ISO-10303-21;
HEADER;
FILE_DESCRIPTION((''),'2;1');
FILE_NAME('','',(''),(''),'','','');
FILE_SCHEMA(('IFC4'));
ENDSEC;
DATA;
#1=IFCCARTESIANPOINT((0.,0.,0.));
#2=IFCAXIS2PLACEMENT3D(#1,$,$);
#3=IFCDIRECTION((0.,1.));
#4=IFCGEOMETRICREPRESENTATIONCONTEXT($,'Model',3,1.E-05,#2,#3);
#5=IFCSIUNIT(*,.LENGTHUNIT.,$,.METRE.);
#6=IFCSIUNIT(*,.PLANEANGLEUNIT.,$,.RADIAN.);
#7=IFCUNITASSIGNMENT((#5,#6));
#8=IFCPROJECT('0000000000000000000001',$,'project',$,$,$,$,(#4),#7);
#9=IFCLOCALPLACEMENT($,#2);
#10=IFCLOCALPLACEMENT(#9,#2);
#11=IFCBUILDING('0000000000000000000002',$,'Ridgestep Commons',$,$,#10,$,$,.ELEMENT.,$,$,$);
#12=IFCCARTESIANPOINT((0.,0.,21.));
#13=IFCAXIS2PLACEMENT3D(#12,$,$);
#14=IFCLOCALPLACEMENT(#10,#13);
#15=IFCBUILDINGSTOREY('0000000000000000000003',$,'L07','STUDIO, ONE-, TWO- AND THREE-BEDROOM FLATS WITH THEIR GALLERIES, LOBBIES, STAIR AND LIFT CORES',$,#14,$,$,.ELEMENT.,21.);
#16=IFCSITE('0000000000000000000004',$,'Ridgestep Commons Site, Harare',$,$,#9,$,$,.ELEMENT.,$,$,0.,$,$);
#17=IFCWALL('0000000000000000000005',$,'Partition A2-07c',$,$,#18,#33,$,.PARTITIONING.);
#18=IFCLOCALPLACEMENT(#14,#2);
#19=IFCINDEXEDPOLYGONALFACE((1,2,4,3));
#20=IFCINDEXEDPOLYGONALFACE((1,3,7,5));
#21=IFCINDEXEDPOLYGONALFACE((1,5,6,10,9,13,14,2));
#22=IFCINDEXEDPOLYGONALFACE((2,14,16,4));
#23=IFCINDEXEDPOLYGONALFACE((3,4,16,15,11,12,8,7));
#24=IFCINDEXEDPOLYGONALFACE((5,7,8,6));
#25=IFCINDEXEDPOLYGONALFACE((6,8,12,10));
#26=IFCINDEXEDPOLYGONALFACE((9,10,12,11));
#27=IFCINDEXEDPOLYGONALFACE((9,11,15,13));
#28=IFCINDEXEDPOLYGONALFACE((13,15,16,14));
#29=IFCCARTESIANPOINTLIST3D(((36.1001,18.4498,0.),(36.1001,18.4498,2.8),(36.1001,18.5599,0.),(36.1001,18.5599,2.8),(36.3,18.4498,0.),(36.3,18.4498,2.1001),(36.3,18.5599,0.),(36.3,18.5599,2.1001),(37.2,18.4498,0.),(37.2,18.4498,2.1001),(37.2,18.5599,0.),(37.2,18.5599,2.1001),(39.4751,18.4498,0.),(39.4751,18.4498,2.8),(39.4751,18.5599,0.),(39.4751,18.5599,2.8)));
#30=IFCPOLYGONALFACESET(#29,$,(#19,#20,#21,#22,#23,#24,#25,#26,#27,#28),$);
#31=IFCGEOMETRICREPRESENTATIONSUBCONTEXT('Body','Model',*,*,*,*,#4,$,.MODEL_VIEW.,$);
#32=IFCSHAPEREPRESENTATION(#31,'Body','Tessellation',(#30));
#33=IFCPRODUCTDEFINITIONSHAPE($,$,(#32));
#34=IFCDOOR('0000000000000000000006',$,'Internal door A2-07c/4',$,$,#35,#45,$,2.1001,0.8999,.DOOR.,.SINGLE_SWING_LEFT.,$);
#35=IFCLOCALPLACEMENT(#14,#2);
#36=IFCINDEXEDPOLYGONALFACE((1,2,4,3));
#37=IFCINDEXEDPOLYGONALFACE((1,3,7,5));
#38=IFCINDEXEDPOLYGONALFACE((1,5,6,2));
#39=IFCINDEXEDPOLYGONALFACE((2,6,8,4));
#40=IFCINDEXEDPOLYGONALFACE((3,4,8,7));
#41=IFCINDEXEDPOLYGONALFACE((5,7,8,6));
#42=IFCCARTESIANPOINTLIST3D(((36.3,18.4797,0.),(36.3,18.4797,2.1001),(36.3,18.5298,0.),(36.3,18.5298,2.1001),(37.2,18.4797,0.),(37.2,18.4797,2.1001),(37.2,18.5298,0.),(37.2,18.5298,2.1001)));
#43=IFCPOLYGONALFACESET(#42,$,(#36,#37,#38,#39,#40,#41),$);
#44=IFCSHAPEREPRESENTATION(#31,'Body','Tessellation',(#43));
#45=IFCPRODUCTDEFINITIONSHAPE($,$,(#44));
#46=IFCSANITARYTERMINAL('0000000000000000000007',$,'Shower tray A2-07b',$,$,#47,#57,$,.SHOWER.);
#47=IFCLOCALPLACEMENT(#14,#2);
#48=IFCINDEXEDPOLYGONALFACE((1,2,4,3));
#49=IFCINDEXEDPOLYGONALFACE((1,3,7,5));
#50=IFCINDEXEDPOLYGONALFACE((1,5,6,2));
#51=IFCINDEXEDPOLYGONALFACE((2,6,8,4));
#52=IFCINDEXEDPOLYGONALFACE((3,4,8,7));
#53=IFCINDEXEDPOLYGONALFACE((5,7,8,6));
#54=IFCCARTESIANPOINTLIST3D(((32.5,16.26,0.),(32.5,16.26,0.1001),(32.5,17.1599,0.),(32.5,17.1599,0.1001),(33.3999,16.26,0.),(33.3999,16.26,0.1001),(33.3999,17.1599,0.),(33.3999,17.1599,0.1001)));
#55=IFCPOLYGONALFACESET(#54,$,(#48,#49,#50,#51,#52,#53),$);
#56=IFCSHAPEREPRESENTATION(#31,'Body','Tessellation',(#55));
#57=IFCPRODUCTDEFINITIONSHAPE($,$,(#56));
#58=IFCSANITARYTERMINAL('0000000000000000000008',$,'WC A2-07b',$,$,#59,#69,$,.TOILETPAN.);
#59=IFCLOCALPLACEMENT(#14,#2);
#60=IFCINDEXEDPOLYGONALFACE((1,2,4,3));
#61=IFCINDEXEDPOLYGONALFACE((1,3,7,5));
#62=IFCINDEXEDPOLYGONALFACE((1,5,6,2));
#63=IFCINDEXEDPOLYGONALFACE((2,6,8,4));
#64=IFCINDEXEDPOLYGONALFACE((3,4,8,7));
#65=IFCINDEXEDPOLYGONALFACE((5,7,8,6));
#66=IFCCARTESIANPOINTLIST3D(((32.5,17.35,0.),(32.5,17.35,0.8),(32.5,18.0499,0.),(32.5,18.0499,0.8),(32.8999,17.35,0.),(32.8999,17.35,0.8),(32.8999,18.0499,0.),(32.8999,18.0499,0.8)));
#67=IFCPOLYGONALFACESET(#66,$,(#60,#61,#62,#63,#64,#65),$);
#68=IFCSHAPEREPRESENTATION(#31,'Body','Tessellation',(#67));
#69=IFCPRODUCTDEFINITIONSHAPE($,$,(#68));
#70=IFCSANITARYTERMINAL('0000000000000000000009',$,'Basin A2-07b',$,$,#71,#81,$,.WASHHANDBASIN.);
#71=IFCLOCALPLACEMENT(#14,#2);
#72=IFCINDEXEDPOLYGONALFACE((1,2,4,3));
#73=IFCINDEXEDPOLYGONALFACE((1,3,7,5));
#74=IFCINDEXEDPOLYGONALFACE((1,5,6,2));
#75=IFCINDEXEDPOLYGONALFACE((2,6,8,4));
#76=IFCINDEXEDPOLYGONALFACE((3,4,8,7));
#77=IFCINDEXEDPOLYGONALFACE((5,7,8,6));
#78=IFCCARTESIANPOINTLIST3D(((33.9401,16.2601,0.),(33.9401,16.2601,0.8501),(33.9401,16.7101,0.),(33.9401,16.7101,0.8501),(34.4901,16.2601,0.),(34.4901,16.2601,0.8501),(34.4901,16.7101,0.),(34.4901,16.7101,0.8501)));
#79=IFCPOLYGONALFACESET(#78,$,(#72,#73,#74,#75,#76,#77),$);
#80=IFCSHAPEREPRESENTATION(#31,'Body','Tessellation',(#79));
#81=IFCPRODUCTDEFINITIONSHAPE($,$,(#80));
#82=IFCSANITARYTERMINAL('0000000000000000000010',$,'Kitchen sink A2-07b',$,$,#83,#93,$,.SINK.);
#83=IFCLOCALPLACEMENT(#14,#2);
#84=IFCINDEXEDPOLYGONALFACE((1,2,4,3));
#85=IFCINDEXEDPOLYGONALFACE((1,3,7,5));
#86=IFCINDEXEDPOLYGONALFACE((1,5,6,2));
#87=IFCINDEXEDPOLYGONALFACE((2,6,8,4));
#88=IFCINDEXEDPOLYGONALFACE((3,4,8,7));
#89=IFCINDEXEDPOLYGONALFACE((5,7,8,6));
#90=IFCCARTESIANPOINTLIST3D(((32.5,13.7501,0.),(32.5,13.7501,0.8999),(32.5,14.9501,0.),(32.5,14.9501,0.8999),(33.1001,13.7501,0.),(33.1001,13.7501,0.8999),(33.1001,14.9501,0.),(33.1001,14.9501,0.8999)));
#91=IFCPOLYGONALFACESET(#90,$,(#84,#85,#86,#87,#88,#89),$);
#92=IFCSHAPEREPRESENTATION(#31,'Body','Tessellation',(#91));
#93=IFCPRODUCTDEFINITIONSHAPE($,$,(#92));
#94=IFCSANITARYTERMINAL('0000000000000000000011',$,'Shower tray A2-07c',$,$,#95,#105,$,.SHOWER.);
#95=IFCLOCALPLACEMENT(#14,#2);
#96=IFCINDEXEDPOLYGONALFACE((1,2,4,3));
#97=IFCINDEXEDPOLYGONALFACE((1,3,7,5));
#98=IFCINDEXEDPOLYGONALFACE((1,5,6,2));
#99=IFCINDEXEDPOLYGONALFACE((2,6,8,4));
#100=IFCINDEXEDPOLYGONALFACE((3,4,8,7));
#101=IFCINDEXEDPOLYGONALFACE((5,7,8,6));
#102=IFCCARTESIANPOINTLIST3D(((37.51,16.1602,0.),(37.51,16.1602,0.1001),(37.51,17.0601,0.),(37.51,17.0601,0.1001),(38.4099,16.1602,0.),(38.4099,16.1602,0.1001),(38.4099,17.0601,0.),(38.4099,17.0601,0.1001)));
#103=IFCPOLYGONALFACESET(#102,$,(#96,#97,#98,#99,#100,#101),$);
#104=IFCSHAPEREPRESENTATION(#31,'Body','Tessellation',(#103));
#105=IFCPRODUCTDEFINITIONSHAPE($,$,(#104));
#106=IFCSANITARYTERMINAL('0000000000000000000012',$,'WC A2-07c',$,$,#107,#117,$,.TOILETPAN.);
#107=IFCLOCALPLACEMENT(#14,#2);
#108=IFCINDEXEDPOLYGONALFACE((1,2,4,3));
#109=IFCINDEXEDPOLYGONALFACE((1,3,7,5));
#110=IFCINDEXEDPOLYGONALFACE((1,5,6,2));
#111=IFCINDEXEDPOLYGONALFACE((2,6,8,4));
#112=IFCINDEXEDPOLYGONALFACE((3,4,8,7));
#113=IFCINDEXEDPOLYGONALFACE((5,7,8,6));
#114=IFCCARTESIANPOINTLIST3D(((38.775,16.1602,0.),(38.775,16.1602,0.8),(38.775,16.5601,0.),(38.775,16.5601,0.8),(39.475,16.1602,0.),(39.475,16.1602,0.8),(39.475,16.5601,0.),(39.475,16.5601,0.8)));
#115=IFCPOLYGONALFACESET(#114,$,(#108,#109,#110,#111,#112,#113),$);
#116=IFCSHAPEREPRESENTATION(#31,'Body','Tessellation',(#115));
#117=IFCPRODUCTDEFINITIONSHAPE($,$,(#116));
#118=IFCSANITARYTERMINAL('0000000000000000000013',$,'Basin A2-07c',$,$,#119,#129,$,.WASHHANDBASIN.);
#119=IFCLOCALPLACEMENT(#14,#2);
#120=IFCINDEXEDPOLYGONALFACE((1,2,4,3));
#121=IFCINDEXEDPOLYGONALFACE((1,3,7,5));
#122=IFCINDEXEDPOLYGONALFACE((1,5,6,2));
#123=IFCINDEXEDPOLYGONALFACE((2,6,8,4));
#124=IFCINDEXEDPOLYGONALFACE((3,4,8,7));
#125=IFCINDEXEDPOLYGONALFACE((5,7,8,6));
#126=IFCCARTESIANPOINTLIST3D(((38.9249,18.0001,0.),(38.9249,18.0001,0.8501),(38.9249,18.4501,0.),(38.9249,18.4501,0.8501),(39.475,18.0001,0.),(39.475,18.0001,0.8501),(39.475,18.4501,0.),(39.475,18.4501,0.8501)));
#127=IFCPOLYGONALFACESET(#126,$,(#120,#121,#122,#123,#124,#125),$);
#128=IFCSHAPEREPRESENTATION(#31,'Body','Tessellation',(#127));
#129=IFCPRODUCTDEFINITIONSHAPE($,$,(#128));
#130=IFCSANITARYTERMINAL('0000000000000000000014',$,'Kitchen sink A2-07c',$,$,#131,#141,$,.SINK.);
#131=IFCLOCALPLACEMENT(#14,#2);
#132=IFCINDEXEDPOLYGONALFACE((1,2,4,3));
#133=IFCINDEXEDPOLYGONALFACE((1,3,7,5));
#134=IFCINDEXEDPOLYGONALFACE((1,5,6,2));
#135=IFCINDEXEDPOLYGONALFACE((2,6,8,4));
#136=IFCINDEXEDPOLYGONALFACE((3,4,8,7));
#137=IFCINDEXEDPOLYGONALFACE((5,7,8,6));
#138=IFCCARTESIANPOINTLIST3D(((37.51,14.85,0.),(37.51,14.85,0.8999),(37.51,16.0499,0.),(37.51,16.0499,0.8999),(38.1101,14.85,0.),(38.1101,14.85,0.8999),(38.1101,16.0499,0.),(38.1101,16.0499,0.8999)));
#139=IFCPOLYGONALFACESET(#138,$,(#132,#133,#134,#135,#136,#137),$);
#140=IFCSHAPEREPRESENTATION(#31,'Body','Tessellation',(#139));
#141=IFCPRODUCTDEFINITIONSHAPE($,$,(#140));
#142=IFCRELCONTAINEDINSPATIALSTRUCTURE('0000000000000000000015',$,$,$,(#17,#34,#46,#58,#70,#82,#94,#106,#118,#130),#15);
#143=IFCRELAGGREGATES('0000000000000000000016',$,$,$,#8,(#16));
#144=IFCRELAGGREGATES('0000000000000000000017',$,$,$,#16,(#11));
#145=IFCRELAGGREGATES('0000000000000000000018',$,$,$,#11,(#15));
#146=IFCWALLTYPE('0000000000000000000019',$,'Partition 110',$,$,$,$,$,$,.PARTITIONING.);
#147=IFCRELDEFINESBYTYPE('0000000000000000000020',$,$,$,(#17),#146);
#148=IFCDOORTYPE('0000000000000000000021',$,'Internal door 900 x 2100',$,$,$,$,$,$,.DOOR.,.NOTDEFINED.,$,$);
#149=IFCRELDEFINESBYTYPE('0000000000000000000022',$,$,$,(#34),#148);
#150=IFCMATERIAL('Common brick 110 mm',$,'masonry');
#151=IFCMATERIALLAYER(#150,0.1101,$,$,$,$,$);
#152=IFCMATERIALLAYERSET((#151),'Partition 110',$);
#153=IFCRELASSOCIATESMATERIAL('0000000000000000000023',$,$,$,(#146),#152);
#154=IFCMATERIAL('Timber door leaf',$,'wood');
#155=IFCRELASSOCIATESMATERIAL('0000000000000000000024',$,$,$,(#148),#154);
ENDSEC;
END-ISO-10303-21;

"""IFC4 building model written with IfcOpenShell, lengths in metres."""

from ifc_helpers import new_model, si_unit, direction, frame, frame_2d, origin, origin_2d, place, context, subcontext, project, spatial, rectangle, extrude, material, layer, layer_set, type_object, element, fill, save


model = new_model("IFC4")

# Units and contexts
model_context = context("Model", 3, precision=1e-05, world=origin(), true_north=direction((0.0, 1.0)))
body_context = subcontext(model_context, "Body", "Model", "MODEL_VIEW")
ifc_project = project(units=[si_unit("LENGTHUNIT", "METRE"), si_unit("PLANEANGLEUNIT", "RADIAN")], contexts=[model_context])

# Site, building, storey
site_placement = place(None, origin())
site = spatial("IfcSite", under=ifc_project, at=site_placement, Name="Ridgestep Commons Site, Harare", CompositionType="ELEMENT", RefElevation=0.0)
building_placement = place(site_placement, origin())
building = spatial("IfcBuilding", under=site, at=building_placement, Name="Ridgestep Commons", CompositionType="ELEMENT")
storey_placement = place(building_placement, frame((0.0, 0.0, 21.0)))
storey = spatial("IfcBuildingStorey", under=building, at=storey_placement, Name="L07", Description="STUDIO, ONE-, TWO- AND THREE-BEDROOM FLATS WITH THEIR GALLERIES, LOBBIES, STAIR AND LIFT CORES", CompositionType="ELEMENT", Elevation=21.0)

# Shared definitions
ifc_material_1 = material(Name="Common brick 110 mm", Category="masonry")
ifc_layer_1 = layer(ifc_material_1, 0.1101)
ifc_layer_set_1 = layer_set([ifc_layer_1], Name="Partition 110")
wall_type_1 = type_object("IfcWallType", Name="Partition 110", PredefinedType="PARTITIONING", material=ifc_layer_set_1)

# Shared definitions
ifc_material_2 = material(Name="Timber door leaf", Category="wood")
door_type_1 = type_object("IfcDoorType", Name="Internal door 900 x 2100", OperationType="NOTDEFINED", PredefinedType="DOOR", material=ifc_material_2)

# Wall, opening, door
wall_1_placement = place(storey_placement, frame((36.1001, 18.5049, 0.0), z_axis=(0.0, 0.0, 1.0), x_axis=(1.0, 0.0, 0.0)))
wall_1 = element("IfcWall", 1, at=wall_1_placement, inside=storey, type_object=wall_type_1, Name="Partition A2-07c", PredefinedType="PARTITIONING", context=body_context, shape_type="SweptSolid", body=[
    extrude(rectangle(XDim=3.375, YDim=0.1101, at=frame_2d((1.6875, 0.0))), origin(), (0.0, 0.0, 1.0), 2.8),
])
opening_1_placement = place(wall_1_placement, frame((0.2, 0.0, 0.0)))
opening_1 = element("IfcOpeningElement", 2, at=opening_1_placement, cuts=wall_1, PredefinedType="OPENING", context=body_context, shape_type="SweptSolid", body=[
    extrude(rectangle(XDim=0.8999, YDim=2.1001, at=frame_2d((0.45, 1.05))), frame((0.0, 0.0649, 0.0), z_axis=(0.0, -1.0, 0.0), x_axis=(1.0, 0.0, 0.0)), (0.0, 0.0, 1.0), 0.1301),
])
door_1_placement = place(opening_1_placement, origin())
door_1 = element("IfcDoor", 3, at=door_1_placement, inside=storey, type_object=door_type_1, Name="Internal door A2-07c/4", OperationType="SINGLE_SWING_LEFT", OverallHeight=2.1001, OverallWidth=0.8999, PredefinedType="DOOR", context=body_context, shape_type="SweptSolid", body=[
    extrude(rectangle(XDim=0.8999, YDim=2.1001, at=frame_2d((0.45, 1.05))), frame((0.0, 0.0249, 0.0), z_axis=(0.0, -1.0, 0.0), x_axis=(1.0, 0.0, 0.0)), (0.0, 0.0, 1.0), 0.05),
])
fill(opening_1, door_1)

# Sanitary terminals
sanitary_terminal_1_placement = place(storey_placement, frame((32.95, 16.71, 0.0), z_axis=(0.0, 0.0, 1.0), x_axis=(1.0, 0.0, 0.0)))
element("IfcSanitaryTerminal", 4, at=sanitary_terminal_1_placement, inside=storey, Name="Shower tray A2-07b", PredefinedType="SHOWER", context=body_context, shape_type="SweptSolid", body=[
    extrude(rectangle(XDim=0.8999, YDim=0.8999, at=origin_2d()), origin(), (0.0, 0.0, 1.0), 0.1001),
])
sanitary_terminal_2_placement = place(storey_placement, frame((32.7, 17.7, 0.0), z_axis=(0.0, 0.0, 1.0), x_axis=(1.0, 0.0, 0.0)))
element("IfcSanitaryTerminal", 5, at=sanitary_terminal_2_placement, inside=storey, Name="WC A2-07b", PredefinedType="TOILETPAN", context=body_context, shape_type="SweptSolid", body=[
    extrude(rectangle(XDim=0.3999, YDim=0.7, at=origin_2d()), origin(), (0.0, 0.0, 1.0), 0.8),
])
sanitary_terminal_3_placement = place(storey_placement, frame((34.2151, 16.4851, 0.0), z_axis=(0.0, 0.0, 1.0), x_axis=(1.0, 0.0, 0.0)))
element("IfcSanitaryTerminal", 6, at=sanitary_terminal_3_placement, inside=storey, Name="Basin A2-07b", PredefinedType="WASHHANDBASIN", context=body_context, shape_type="SweptSolid", body=[
    extrude(rectangle(XDim=0.55, YDim=0.45, at=origin_2d()), origin(), (0.0, 0.0, 1.0), 0.8501),
])
sanitary_terminal_4_placement = place(storey_placement, frame((32.8, 14.3501, 0.0), z_axis=(0.0, 0.0, 1.0), x_axis=(1.0, 0.0, 0.0)))
element("IfcSanitaryTerminal", 7, at=sanitary_terminal_4_placement, inside=storey, Name="Kitchen sink A2-07b", PredefinedType="SINK", context=body_context, shape_type="SweptSolid", body=[
    extrude(rectangle(XDim=0.6001, YDim=1.2, at=origin_2d()), origin(), (0.0, 0.0, 1.0), 0.8999),
])
sanitary_terminal_5_placement = place(storey_placement, frame((37.96, 16.6101, 0.0), z_axis=(0.0, 0.0, 1.0), x_axis=(1.0, 0.0, 0.0)))
element("IfcSanitaryTerminal", 8, at=sanitary_terminal_5_placement, inside=storey, Name="Shower tray A2-07c", PredefinedType="SHOWER", context=body_context, shape_type="SweptSolid", body=[
    extrude(rectangle(XDim=0.8999, YDim=0.8999, at=origin_2d()), origin(), (0.0, 0.0, 1.0), 0.1001),
])
sanitary_terminal_6_placement = place(storey_placement, frame((39.125, 16.3601, 0.0), z_axis=(0.0, 0.0, 1.0), x_axis=(1.0, 0.0, 0.0)))
element("IfcSanitaryTerminal", 9, at=sanitary_terminal_6_placement, inside=storey, Name="WC A2-07c", PredefinedType="TOILETPAN", context=body_context, shape_type="SweptSolid", body=[
    extrude(rectangle(XDim=0.7, YDim=0.3999, at=origin_2d()), origin(), (0.0, 0.0, 1.0), 0.8),
])
sanitary_terminal_7_placement = place(storey_placement, frame((39.2, 18.2251, 0.0), z_axis=(0.0, 0.0, 1.0), x_axis=(1.0, 0.0, 0.0)))
element("IfcSanitaryTerminal", 10, at=sanitary_terminal_7_placement, inside=storey, Name="Basin A2-07c", PredefinedType="WASHHANDBASIN", context=body_context, shape_type="SweptSolid", body=[
    extrude(rectangle(XDim=0.55, YDim=0.45, at=origin_2d()), origin(), (0.0, 0.0, 1.0), 0.8501),
])
sanitary_terminal_8_placement = place(storey_placement, frame((37.8101, 15.45, 0.0), z_axis=(0.0, 0.0, 1.0), x_axis=(1.0, 0.0, 0.0)))
element("IfcSanitaryTerminal", 11, at=sanitary_terminal_8_placement, inside=storey, Name="Kitchen sink A2-07c", PredefinedType="SINK", context=body_context, shape_type="SweptSolid", body=[
    extrude(rectangle(XDim=0.6001, YDim=1.2, at=origin_2d()), origin(), (0.0, 0.0, 1.0), 0.8999),
])

save(model, "model.ifc")
